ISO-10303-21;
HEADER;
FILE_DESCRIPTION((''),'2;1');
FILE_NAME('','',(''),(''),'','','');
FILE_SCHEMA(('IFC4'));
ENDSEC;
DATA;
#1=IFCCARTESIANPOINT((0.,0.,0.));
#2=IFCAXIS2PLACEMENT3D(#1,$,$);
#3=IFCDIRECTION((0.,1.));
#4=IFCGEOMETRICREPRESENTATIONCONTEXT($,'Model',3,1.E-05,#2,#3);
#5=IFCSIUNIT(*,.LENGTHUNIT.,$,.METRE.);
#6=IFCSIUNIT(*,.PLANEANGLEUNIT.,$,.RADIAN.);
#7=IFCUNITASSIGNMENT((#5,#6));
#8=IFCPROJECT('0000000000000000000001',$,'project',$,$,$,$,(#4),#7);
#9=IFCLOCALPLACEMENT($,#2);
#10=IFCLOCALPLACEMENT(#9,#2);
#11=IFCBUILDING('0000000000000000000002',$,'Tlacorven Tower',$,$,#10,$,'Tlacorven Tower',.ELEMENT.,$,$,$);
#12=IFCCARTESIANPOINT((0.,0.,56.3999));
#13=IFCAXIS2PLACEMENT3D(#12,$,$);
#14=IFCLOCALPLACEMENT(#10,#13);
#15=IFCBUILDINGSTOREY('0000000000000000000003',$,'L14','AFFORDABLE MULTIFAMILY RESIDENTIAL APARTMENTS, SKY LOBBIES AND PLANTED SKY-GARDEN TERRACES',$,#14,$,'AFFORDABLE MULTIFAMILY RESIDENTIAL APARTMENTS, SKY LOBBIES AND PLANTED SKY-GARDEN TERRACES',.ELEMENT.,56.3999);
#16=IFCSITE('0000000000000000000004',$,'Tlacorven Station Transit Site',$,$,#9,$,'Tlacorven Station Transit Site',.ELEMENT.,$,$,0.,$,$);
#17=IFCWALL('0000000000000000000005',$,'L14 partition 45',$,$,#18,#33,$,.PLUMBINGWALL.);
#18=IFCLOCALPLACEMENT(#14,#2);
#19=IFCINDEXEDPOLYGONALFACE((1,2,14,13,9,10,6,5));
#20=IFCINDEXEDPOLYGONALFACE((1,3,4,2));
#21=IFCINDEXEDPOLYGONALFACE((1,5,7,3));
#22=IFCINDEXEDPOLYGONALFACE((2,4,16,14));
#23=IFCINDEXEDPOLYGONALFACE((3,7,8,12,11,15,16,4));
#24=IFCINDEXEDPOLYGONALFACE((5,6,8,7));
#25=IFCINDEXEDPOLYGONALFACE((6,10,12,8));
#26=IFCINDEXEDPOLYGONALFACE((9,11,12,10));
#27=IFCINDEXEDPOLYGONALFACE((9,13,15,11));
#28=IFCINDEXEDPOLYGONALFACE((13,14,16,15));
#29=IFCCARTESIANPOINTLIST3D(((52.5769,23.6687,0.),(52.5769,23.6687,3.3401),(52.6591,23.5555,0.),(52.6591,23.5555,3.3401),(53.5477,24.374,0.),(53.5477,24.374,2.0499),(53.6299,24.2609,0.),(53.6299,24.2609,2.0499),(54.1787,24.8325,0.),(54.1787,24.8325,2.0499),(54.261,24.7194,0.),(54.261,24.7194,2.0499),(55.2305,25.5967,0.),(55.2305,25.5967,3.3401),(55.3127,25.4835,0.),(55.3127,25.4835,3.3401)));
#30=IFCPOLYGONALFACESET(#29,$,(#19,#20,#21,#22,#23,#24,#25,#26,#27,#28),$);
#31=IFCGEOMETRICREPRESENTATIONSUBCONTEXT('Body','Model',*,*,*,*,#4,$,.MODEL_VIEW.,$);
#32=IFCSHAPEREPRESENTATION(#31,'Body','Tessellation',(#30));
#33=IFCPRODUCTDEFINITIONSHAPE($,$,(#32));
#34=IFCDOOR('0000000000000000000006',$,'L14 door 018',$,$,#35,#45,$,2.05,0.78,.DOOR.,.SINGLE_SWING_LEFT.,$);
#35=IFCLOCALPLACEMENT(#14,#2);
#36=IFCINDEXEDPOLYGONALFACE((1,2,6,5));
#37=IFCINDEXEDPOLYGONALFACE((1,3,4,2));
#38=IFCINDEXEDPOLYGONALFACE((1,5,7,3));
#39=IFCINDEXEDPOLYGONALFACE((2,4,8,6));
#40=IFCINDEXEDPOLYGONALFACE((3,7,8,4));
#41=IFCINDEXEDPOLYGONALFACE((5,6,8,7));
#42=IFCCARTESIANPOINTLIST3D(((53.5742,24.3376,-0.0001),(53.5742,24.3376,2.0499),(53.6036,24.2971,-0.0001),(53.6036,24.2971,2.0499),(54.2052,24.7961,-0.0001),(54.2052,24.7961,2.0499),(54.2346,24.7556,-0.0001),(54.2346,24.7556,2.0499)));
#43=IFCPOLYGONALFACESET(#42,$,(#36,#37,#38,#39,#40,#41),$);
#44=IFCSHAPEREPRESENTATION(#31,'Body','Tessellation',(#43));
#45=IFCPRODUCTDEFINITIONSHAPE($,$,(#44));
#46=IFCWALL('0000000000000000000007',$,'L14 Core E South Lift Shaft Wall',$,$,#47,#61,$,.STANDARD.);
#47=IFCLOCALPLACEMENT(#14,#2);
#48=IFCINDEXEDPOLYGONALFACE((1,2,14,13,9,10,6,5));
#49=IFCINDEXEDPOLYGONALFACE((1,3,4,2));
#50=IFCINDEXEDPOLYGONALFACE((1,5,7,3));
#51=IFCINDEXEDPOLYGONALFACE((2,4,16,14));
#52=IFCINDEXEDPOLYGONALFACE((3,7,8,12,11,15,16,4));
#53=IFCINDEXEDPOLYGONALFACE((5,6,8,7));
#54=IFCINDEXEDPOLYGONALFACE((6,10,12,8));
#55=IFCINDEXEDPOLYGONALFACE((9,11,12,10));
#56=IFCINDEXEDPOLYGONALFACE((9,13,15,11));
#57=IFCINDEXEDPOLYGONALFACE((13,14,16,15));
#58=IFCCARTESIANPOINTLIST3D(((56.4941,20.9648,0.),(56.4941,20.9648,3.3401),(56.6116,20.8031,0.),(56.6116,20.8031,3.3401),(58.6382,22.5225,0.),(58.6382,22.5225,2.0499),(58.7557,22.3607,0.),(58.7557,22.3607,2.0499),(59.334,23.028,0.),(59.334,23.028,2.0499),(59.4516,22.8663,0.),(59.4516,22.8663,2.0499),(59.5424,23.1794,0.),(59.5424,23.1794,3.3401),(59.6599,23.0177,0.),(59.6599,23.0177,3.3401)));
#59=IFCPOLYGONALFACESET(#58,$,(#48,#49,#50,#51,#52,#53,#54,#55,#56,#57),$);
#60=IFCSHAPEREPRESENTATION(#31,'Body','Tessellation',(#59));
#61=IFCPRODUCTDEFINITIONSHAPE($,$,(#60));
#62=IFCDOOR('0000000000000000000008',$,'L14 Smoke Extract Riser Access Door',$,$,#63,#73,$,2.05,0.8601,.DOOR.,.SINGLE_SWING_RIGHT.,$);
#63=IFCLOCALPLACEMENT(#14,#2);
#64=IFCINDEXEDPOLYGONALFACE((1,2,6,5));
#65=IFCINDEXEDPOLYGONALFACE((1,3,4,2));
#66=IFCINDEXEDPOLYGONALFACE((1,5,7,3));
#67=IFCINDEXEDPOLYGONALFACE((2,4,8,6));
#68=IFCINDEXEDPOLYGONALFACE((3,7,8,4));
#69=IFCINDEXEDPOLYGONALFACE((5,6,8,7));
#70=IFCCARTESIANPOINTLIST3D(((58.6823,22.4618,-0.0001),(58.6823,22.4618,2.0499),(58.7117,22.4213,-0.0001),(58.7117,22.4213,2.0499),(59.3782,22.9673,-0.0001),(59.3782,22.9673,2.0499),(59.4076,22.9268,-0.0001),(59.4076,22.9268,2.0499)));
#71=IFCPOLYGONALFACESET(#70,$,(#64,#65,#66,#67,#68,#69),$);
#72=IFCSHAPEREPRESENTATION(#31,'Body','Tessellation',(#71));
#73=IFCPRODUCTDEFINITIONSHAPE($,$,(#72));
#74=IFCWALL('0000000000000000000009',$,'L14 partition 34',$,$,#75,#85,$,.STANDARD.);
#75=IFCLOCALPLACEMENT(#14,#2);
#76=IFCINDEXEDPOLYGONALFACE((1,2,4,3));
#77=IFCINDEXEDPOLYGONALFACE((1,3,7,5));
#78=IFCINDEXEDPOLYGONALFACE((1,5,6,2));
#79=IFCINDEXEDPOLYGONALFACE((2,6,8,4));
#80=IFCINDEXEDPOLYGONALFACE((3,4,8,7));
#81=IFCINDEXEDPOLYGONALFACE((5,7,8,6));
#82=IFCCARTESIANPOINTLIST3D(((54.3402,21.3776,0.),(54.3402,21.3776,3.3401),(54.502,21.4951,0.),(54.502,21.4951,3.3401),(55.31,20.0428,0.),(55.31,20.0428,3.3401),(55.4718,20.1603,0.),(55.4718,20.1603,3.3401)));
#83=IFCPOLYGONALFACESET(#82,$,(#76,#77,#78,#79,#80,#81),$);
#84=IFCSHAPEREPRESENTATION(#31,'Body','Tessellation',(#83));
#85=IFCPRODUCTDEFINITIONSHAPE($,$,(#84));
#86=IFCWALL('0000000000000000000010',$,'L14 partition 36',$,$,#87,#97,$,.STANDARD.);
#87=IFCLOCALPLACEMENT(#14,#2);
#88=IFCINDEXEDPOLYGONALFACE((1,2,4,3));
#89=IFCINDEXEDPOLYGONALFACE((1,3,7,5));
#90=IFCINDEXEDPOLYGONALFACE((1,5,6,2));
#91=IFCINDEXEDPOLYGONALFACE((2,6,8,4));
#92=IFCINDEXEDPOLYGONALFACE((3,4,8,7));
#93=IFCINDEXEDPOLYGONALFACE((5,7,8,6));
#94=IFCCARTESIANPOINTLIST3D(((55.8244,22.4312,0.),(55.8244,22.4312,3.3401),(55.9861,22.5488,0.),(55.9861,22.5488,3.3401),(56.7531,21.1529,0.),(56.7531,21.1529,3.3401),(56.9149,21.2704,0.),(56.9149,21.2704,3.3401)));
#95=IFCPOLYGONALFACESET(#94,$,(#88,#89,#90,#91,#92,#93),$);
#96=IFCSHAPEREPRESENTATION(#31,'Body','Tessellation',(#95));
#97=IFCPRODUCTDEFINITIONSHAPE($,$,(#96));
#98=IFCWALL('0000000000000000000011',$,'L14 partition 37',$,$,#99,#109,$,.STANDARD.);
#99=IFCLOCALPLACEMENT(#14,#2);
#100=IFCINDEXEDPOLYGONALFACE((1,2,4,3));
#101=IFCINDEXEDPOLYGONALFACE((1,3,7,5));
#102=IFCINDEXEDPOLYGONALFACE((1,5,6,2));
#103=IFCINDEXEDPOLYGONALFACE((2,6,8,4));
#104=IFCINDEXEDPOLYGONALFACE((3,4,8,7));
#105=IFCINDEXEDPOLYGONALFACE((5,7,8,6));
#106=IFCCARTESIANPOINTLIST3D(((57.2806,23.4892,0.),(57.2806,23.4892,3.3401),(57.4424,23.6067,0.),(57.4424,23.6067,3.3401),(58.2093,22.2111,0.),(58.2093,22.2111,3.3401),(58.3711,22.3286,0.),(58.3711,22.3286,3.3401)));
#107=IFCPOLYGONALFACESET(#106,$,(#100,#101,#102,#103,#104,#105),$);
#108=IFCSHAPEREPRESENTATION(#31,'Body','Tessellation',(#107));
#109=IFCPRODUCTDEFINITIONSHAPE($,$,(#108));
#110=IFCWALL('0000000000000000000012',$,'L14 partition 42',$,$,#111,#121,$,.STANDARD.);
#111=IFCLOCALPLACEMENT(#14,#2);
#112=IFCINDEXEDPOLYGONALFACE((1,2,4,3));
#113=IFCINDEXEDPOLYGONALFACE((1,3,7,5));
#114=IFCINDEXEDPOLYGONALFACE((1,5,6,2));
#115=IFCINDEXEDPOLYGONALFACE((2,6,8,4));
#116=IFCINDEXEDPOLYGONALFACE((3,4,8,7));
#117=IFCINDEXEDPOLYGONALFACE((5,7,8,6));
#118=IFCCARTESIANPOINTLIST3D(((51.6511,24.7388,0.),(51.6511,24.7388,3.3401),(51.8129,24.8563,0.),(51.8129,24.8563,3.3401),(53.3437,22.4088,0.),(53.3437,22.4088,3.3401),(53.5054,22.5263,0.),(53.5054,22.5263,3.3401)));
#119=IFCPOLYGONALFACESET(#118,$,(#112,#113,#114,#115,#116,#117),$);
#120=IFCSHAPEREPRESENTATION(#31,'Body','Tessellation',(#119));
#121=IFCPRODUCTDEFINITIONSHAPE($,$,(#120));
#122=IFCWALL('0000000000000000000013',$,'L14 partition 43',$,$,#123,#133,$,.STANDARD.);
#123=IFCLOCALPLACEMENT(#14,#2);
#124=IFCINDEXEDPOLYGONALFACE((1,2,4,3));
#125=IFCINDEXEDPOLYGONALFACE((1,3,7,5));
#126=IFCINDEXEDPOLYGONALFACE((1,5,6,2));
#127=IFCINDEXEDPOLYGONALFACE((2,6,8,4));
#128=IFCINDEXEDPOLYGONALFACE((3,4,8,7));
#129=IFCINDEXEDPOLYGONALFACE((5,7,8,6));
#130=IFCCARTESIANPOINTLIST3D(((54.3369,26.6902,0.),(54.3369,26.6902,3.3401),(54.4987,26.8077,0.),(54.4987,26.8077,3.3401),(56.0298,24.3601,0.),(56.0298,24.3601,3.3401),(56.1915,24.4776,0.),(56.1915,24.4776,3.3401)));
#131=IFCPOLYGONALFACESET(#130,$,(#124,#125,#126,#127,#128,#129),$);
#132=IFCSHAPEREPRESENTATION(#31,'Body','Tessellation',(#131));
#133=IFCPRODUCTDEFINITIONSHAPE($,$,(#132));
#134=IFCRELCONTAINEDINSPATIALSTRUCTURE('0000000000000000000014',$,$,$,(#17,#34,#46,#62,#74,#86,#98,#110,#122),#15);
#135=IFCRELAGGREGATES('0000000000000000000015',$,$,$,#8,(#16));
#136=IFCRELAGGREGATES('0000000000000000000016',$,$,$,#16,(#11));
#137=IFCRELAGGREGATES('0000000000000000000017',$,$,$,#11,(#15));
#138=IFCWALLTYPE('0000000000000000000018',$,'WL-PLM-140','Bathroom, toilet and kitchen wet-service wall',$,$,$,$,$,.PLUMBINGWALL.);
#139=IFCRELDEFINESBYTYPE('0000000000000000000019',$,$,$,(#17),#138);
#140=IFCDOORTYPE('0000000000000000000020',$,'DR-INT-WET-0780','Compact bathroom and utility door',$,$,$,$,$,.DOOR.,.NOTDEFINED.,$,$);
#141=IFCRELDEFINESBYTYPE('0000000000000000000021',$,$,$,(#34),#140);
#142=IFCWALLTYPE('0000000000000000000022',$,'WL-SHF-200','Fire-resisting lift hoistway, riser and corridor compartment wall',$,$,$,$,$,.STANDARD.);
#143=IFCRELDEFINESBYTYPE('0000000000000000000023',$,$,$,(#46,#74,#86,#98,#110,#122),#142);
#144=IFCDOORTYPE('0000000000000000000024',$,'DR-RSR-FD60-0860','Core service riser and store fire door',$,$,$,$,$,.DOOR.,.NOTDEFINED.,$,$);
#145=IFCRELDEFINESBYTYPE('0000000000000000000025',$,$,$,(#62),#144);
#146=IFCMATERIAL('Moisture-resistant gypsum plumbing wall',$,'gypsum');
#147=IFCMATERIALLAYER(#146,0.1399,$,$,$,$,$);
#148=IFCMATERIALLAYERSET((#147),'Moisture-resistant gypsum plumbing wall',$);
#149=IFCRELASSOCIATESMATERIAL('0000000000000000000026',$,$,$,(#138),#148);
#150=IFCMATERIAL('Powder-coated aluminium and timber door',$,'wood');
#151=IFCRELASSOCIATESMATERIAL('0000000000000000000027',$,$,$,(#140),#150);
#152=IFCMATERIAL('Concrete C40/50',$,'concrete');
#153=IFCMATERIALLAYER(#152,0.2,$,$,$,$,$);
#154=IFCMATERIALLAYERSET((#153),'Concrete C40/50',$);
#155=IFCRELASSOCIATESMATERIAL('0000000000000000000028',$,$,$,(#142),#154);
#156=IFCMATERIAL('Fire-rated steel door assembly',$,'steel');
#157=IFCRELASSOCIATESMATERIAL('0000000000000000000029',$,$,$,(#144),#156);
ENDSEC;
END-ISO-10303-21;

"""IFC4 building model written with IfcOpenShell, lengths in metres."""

from ifc_helpers import new_model, si_unit, direction, frame, frame_2d, origin, place, context, subcontext, project, spatial, rectangle, extrude, source, transform, mapped, material, layer, layer_set, type_object, element, fill, save


model = new_model("IFC4")

# Units and contexts
model_context = context("Model", 3, precision=1e-05, world=origin(), true_north=direction((0.0, 1.0)))
body_context = subcontext(model_context, "Body", "Model", "MODEL_VIEW")
ifc_project = project(units=[si_unit("LENGTHUNIT", "METRE"), si_unit("PLANEANGLEUNIT", "RADIAN")], contexts=[model_context])

# Site, building, storey
site_placement = place(None, origin())
site = spatial("IfcSite", under=ifc_project, at=site_placement, Name="Tlacorven Station Transit Site", LongName="Tlacorven Station Transit Site", CompositionType="ELEMENT", RefElevation=0.0)
building_placement = place(site_placement, origin())
building = spatial("IfcBuilding", under=site, at=building_placement, Name="Tlacorven Tower", LongName="Tlacorven Tower", CompositionType="ELEMENT")
storey_placement = place(building_placement, frame((0.0, 0.0, 56.3999)))
storey = spatial("IfcBuildingStorey", under=building, at=storey_placement, Name="L14", Description="AFFORDABLE MULTIFAMILY RESIDENTIAL APARTMENTS, SKY LOBBIES AND PLANTED SKY-GARDEN TERRACES", LongName="AFFORDABLE MULTIFAMILY RESIDENTIAL APARTMENTS, SKY LOBBIES AND PLANTED SKY-GARDEN TERRACES", CompositionType="ELEMENT", Elevation=56.3999)

# Walls, openings, doors
ifc_material_1 = material(Name="Moisture-resistant gypsum plumbing wall", Category="gypsum")
ifc_layer_1 = layer(ifc_material_1, 0.1399)
ifc_layer_set_1 = layer_set([ifc_layer_1], Name="Moisture-resistant gypsum plumbing wall")
wall_type_1 = type_object("IfcWallType", Name="WL-PLM-140", Description="Bathroom, toilet and kitchen wet-service wall", PredefinedType="PLUMBINGWALL", material=ifc_layer_set_1)
wall_1_placement = place(storey_placement, frame((52.6179, 23.6121, 0.0), z_axis=(0.0, 0.0, 1.0), x_axis=(0.80901, 0.587795, 0.0)))
wall_1 = element("IfcWall", 1, at=wall_1_placement, inside=storey, type_object=wall_type_1, Name="L14 partition 45", PredefinedType="PLUMBINGWALL", context=body_context, shape_type="SweptSolid", body=[
    extrude(rectangle(XDim=3.28, YDim=0.1399, at=frame_2d((1.6401, 0.0))), origin(), (0.0, 0.0, 1.0), 3.3401),
])
opening_1_placement = place(wall_1_placement, frame((1.2, 0.0, 0.0)))
opening_1 = element("IfcOpeningElement", 2, at=opening_1_placement, cuts=wall_1, PredefinedType="OPENING", context=body_context, shape_type="SweptSolid", body=[
    extrude(rectangle(XDim=0.78, YDim=2.05, at=frame_2d((0.3901, 1.0249))), frame((0.0, 0.0801, 0.0), z_axis=(0.0, -1.0, 0.0), x_axis=(1.0, 0.0, 0.0)), (0.0, 0.0, 1.0), 0.1599),
])
ifc_material_2 = material(Name="Powder-coated aluminium and timber door", Category="wood")
door_type_1 = type_object("IfcDoorType", Name="DR-INT-WET-0780", Description="Compact bathroom and utility door", OperationType="NOTDEFINED", PredefinedType="DOOR", material=ifc_material_2)
shared_shape_1 = source(origin(), body_context, "Body", "SweptSolid", [
    extrude(rectangle(XDim=0.78, YDim=2.05, at=frame_2d((0.3901, 1.0249))), frame((0.0, 0.0249, 0.0), z_axis=(0.0, -1.0, 0.0), x_axis=(1.0, 0.0, 0.0)), (0.0, 0.0, 1.0), 0.05),
])
door_1_placement = place(opening_1_placement, origin())
door_1 = element("IfcDoor", 3, at=door_1_placement, inside=storey, type_object=door_type_1, Name="L14 door 018", OperationType="SINGLE_SWING_LEFT", OverallHeight=2.05, OverallWidth=0.78, PredefinedType="DOOR", context=body_context, shape_type="MappedRepresentation", body=[
    mapped(shared_shape_1, transform((0.0, 0.0, 0.0), scale=1.0)),
])
fill(opening_1, door_1)
ifc_material_3 = material(Name="Concrete C40/50", Category="concrete")
ifc_layer_2 = layer(ifc_material_3, 0.2)
ifc_layer_set_2 = layer_set([ifc_layer_2], Name="Concrete C40/50")
wall_type_2 = type_object("IfcWallType", Name="WL-SHF-200", Description="Fire-resisting lift hoistway, riser and corridor compartment wall", PredefinedType="STANDARD", material=ifc_layer_set_2)
wall_2_placement = place(storey_placement, frame((56.553, 20.884, 0.0), z_axis=(0.0, 0.0, 1.0), x_axis=(0.809036, 0.587759, 0.0)))
wall_2 = element("IfcWall", 4, at=wall_2_placement, inside=storey, type_object=wall_type_2, Name="L14 Core E South Lift Shaft Wall", PredefinedType="STANDARD", context=body_context, shape_type="SweptSolid", body=[
    extrude(rectangle(XDim=3.7678, YDim=0.2, at=frame_2d((1.8838, 0.0))), origin(), (0.0, 0.0, 1.0), 3.3401),
])
opening_2_placement = place(wall_2_placement, frame((2.6499, 0.0, 0.0)))
opening_2 = element("IfcOpeningElement", 5, at=opening_2_placement, cuts=wall_2, PredefinedType="OPENING", context=body_context, shape_type="SweptSolid", body=[
    extrude(rectangle(XDim=0.8601, YDim=2.05, at=frame_2d((0.4302, 1.0249))), frame((0.0, 0.1099, 0.0), z_axis=(0.0, -1.0, 0.0), x_axis=(1.0, 0.0, 0.0)), (0.0, 0.0, 1.0), 0.22),
])
ifc_material_4 = material(Name="Fire-rated steel door assembly", Category="steel")
door_type_2 = type_object("IfcDoorType", Name="DR-RSR-FD60-0860", Description="Core service riser and store fire door", OperationType="NOTDEFINED", PredefinedType="DOOR", material=ifc_material_4)
shared_shape_2 = source(origin(), body_context, "Body", "SweptSolid", [
    extrude(rectangle(XDim=0.8601, YDim=2.05, at=frame_2d((0.4302, 1.0249))), frame((0.0, 0.0249, 0.0), z_axis=(0.0, -1.0, 0.0), x_axis=(1.0, 0.0, 0.0)), (0.0, 0.0, 1.0), 0.05),
])
door_2_placement = place(opening_2_placement, origin())
door_2 = element("IfcDoor", 6, at=door_2_placement, inside=storey, type_object=door_type_2, Name="L14 Smoke Extract Riser Access Door", OperationType="SINGLE_SWING_RIGHT", OverallHeight=2.05, OverallWidth=0.8601, PredefinedType="DOOR", context=body_context, shape_type="MappedRepresentation", body=[
    mapped(shared_shape_2, transform((0.0, 0.0, 0.0), scale=1.0)),
])
fill(opening_2, door_2)

# Walls
wall_3_placement = place(storey_placement, frame((55.3909, 20.1016, 0.0), z_axis=(0.0, 0.0, 1.0), x_axis=(-0.587784, 0.809018, 0.0)))
element("IfcWall", 7, at=wall_3_placement, inside=storey, type_object=wall_type_2, Name="L14 partition 34", PredefinedType="STANDARD", context=body_context, shape_type="SweptSolid", body=[
    extrude(rectangle(XDim=1.6499, YDim=0.2, at=frame_2d((0.825, 0.0))), origin(), (0.0, 0.0, 1.0), 3.3401),
])
wall_4_placement = place(storey_placement, frame((56.834, 21.2117, 0.0), z_axis=(0.0, 0.0, 1.0), x_axis=(-0.587767, 0.80903, 0.0)))
element("IfcWall", 8, at=wall_4_placement, inside=storey, type_object=wall_type_2, Name="L14 partition 36", PredefinedType="STANDARD", context=body_context, shape_type="SweptSolid", body=[
    extrude(rectangle(XDim=1.5801, YDim=0.2, at=frame_2d((0.79, 0.0))), origin(), (0.0, 0.0, 1.0), 3.3401),
])
wall_5_placement = place(storey_placement, frame((58.2903, 22.2698, 0.0), z_axis=(0.0, 0.0, 1.0), x_axis=(-0.587841, 0.808977, 0.0)))
element("IfcWall", 9, at=wall_5_placement, inside=storey, type_object=wall_type_2, Name="L14 partition 37", PredefinedType="STANDARD", context=body_context, shape_type="SweptSolid", body=[
    extrude(rectangle(XDim=1.5798, YDim=0.2, at=frame_2d((0.79, 0.0))), origin(), (0.0, 0.0, 1.0), 3.3401),
])
wall_6_placement = place(storey_placement, frame((53.4246, 22.4675, 0.0), z_axis=(0.0, 0.0, 1.0), x_axis=(-0.587723, 0.809062, 0.0)))
element("IfcWall", 10, at=wall_6_placement, inside=storey, type_object=wall_type_2, Name="L14 partition 42", PredefinedType="STANDARD", context=body_context, shape_type="SweptSolid", body=[
    extrude(rectangle(XDim=2.8799, YDim=0.2, at=frame_2d((1.4399, 0.0))), origin(), (0.0, 0.0, 1.0), 3.3401),
])
wall_7_placement = place(storey_placement, frame((56.1106, 24.4189, 0.0), z_axis=(0.0, 0.0, 1.0), x_axis=(-0.587778, 0.809022, 0.0)))
element("IfcWall", 11, at=wall_7_placement, inside=storey, type_object=wall_type_2, Name="L14 partition 43", PredefinedType="STANDARD", context=body_context, shape_type="SweptSolid", body=[
    extrude(rectangle(XDim=2.8801, YDim=0.2, at=frame_2d((1.4399, 0.0))), origin(), (0.0, 0.0, 1.0), 3.3401),
])

save(model, "model.ifc")
